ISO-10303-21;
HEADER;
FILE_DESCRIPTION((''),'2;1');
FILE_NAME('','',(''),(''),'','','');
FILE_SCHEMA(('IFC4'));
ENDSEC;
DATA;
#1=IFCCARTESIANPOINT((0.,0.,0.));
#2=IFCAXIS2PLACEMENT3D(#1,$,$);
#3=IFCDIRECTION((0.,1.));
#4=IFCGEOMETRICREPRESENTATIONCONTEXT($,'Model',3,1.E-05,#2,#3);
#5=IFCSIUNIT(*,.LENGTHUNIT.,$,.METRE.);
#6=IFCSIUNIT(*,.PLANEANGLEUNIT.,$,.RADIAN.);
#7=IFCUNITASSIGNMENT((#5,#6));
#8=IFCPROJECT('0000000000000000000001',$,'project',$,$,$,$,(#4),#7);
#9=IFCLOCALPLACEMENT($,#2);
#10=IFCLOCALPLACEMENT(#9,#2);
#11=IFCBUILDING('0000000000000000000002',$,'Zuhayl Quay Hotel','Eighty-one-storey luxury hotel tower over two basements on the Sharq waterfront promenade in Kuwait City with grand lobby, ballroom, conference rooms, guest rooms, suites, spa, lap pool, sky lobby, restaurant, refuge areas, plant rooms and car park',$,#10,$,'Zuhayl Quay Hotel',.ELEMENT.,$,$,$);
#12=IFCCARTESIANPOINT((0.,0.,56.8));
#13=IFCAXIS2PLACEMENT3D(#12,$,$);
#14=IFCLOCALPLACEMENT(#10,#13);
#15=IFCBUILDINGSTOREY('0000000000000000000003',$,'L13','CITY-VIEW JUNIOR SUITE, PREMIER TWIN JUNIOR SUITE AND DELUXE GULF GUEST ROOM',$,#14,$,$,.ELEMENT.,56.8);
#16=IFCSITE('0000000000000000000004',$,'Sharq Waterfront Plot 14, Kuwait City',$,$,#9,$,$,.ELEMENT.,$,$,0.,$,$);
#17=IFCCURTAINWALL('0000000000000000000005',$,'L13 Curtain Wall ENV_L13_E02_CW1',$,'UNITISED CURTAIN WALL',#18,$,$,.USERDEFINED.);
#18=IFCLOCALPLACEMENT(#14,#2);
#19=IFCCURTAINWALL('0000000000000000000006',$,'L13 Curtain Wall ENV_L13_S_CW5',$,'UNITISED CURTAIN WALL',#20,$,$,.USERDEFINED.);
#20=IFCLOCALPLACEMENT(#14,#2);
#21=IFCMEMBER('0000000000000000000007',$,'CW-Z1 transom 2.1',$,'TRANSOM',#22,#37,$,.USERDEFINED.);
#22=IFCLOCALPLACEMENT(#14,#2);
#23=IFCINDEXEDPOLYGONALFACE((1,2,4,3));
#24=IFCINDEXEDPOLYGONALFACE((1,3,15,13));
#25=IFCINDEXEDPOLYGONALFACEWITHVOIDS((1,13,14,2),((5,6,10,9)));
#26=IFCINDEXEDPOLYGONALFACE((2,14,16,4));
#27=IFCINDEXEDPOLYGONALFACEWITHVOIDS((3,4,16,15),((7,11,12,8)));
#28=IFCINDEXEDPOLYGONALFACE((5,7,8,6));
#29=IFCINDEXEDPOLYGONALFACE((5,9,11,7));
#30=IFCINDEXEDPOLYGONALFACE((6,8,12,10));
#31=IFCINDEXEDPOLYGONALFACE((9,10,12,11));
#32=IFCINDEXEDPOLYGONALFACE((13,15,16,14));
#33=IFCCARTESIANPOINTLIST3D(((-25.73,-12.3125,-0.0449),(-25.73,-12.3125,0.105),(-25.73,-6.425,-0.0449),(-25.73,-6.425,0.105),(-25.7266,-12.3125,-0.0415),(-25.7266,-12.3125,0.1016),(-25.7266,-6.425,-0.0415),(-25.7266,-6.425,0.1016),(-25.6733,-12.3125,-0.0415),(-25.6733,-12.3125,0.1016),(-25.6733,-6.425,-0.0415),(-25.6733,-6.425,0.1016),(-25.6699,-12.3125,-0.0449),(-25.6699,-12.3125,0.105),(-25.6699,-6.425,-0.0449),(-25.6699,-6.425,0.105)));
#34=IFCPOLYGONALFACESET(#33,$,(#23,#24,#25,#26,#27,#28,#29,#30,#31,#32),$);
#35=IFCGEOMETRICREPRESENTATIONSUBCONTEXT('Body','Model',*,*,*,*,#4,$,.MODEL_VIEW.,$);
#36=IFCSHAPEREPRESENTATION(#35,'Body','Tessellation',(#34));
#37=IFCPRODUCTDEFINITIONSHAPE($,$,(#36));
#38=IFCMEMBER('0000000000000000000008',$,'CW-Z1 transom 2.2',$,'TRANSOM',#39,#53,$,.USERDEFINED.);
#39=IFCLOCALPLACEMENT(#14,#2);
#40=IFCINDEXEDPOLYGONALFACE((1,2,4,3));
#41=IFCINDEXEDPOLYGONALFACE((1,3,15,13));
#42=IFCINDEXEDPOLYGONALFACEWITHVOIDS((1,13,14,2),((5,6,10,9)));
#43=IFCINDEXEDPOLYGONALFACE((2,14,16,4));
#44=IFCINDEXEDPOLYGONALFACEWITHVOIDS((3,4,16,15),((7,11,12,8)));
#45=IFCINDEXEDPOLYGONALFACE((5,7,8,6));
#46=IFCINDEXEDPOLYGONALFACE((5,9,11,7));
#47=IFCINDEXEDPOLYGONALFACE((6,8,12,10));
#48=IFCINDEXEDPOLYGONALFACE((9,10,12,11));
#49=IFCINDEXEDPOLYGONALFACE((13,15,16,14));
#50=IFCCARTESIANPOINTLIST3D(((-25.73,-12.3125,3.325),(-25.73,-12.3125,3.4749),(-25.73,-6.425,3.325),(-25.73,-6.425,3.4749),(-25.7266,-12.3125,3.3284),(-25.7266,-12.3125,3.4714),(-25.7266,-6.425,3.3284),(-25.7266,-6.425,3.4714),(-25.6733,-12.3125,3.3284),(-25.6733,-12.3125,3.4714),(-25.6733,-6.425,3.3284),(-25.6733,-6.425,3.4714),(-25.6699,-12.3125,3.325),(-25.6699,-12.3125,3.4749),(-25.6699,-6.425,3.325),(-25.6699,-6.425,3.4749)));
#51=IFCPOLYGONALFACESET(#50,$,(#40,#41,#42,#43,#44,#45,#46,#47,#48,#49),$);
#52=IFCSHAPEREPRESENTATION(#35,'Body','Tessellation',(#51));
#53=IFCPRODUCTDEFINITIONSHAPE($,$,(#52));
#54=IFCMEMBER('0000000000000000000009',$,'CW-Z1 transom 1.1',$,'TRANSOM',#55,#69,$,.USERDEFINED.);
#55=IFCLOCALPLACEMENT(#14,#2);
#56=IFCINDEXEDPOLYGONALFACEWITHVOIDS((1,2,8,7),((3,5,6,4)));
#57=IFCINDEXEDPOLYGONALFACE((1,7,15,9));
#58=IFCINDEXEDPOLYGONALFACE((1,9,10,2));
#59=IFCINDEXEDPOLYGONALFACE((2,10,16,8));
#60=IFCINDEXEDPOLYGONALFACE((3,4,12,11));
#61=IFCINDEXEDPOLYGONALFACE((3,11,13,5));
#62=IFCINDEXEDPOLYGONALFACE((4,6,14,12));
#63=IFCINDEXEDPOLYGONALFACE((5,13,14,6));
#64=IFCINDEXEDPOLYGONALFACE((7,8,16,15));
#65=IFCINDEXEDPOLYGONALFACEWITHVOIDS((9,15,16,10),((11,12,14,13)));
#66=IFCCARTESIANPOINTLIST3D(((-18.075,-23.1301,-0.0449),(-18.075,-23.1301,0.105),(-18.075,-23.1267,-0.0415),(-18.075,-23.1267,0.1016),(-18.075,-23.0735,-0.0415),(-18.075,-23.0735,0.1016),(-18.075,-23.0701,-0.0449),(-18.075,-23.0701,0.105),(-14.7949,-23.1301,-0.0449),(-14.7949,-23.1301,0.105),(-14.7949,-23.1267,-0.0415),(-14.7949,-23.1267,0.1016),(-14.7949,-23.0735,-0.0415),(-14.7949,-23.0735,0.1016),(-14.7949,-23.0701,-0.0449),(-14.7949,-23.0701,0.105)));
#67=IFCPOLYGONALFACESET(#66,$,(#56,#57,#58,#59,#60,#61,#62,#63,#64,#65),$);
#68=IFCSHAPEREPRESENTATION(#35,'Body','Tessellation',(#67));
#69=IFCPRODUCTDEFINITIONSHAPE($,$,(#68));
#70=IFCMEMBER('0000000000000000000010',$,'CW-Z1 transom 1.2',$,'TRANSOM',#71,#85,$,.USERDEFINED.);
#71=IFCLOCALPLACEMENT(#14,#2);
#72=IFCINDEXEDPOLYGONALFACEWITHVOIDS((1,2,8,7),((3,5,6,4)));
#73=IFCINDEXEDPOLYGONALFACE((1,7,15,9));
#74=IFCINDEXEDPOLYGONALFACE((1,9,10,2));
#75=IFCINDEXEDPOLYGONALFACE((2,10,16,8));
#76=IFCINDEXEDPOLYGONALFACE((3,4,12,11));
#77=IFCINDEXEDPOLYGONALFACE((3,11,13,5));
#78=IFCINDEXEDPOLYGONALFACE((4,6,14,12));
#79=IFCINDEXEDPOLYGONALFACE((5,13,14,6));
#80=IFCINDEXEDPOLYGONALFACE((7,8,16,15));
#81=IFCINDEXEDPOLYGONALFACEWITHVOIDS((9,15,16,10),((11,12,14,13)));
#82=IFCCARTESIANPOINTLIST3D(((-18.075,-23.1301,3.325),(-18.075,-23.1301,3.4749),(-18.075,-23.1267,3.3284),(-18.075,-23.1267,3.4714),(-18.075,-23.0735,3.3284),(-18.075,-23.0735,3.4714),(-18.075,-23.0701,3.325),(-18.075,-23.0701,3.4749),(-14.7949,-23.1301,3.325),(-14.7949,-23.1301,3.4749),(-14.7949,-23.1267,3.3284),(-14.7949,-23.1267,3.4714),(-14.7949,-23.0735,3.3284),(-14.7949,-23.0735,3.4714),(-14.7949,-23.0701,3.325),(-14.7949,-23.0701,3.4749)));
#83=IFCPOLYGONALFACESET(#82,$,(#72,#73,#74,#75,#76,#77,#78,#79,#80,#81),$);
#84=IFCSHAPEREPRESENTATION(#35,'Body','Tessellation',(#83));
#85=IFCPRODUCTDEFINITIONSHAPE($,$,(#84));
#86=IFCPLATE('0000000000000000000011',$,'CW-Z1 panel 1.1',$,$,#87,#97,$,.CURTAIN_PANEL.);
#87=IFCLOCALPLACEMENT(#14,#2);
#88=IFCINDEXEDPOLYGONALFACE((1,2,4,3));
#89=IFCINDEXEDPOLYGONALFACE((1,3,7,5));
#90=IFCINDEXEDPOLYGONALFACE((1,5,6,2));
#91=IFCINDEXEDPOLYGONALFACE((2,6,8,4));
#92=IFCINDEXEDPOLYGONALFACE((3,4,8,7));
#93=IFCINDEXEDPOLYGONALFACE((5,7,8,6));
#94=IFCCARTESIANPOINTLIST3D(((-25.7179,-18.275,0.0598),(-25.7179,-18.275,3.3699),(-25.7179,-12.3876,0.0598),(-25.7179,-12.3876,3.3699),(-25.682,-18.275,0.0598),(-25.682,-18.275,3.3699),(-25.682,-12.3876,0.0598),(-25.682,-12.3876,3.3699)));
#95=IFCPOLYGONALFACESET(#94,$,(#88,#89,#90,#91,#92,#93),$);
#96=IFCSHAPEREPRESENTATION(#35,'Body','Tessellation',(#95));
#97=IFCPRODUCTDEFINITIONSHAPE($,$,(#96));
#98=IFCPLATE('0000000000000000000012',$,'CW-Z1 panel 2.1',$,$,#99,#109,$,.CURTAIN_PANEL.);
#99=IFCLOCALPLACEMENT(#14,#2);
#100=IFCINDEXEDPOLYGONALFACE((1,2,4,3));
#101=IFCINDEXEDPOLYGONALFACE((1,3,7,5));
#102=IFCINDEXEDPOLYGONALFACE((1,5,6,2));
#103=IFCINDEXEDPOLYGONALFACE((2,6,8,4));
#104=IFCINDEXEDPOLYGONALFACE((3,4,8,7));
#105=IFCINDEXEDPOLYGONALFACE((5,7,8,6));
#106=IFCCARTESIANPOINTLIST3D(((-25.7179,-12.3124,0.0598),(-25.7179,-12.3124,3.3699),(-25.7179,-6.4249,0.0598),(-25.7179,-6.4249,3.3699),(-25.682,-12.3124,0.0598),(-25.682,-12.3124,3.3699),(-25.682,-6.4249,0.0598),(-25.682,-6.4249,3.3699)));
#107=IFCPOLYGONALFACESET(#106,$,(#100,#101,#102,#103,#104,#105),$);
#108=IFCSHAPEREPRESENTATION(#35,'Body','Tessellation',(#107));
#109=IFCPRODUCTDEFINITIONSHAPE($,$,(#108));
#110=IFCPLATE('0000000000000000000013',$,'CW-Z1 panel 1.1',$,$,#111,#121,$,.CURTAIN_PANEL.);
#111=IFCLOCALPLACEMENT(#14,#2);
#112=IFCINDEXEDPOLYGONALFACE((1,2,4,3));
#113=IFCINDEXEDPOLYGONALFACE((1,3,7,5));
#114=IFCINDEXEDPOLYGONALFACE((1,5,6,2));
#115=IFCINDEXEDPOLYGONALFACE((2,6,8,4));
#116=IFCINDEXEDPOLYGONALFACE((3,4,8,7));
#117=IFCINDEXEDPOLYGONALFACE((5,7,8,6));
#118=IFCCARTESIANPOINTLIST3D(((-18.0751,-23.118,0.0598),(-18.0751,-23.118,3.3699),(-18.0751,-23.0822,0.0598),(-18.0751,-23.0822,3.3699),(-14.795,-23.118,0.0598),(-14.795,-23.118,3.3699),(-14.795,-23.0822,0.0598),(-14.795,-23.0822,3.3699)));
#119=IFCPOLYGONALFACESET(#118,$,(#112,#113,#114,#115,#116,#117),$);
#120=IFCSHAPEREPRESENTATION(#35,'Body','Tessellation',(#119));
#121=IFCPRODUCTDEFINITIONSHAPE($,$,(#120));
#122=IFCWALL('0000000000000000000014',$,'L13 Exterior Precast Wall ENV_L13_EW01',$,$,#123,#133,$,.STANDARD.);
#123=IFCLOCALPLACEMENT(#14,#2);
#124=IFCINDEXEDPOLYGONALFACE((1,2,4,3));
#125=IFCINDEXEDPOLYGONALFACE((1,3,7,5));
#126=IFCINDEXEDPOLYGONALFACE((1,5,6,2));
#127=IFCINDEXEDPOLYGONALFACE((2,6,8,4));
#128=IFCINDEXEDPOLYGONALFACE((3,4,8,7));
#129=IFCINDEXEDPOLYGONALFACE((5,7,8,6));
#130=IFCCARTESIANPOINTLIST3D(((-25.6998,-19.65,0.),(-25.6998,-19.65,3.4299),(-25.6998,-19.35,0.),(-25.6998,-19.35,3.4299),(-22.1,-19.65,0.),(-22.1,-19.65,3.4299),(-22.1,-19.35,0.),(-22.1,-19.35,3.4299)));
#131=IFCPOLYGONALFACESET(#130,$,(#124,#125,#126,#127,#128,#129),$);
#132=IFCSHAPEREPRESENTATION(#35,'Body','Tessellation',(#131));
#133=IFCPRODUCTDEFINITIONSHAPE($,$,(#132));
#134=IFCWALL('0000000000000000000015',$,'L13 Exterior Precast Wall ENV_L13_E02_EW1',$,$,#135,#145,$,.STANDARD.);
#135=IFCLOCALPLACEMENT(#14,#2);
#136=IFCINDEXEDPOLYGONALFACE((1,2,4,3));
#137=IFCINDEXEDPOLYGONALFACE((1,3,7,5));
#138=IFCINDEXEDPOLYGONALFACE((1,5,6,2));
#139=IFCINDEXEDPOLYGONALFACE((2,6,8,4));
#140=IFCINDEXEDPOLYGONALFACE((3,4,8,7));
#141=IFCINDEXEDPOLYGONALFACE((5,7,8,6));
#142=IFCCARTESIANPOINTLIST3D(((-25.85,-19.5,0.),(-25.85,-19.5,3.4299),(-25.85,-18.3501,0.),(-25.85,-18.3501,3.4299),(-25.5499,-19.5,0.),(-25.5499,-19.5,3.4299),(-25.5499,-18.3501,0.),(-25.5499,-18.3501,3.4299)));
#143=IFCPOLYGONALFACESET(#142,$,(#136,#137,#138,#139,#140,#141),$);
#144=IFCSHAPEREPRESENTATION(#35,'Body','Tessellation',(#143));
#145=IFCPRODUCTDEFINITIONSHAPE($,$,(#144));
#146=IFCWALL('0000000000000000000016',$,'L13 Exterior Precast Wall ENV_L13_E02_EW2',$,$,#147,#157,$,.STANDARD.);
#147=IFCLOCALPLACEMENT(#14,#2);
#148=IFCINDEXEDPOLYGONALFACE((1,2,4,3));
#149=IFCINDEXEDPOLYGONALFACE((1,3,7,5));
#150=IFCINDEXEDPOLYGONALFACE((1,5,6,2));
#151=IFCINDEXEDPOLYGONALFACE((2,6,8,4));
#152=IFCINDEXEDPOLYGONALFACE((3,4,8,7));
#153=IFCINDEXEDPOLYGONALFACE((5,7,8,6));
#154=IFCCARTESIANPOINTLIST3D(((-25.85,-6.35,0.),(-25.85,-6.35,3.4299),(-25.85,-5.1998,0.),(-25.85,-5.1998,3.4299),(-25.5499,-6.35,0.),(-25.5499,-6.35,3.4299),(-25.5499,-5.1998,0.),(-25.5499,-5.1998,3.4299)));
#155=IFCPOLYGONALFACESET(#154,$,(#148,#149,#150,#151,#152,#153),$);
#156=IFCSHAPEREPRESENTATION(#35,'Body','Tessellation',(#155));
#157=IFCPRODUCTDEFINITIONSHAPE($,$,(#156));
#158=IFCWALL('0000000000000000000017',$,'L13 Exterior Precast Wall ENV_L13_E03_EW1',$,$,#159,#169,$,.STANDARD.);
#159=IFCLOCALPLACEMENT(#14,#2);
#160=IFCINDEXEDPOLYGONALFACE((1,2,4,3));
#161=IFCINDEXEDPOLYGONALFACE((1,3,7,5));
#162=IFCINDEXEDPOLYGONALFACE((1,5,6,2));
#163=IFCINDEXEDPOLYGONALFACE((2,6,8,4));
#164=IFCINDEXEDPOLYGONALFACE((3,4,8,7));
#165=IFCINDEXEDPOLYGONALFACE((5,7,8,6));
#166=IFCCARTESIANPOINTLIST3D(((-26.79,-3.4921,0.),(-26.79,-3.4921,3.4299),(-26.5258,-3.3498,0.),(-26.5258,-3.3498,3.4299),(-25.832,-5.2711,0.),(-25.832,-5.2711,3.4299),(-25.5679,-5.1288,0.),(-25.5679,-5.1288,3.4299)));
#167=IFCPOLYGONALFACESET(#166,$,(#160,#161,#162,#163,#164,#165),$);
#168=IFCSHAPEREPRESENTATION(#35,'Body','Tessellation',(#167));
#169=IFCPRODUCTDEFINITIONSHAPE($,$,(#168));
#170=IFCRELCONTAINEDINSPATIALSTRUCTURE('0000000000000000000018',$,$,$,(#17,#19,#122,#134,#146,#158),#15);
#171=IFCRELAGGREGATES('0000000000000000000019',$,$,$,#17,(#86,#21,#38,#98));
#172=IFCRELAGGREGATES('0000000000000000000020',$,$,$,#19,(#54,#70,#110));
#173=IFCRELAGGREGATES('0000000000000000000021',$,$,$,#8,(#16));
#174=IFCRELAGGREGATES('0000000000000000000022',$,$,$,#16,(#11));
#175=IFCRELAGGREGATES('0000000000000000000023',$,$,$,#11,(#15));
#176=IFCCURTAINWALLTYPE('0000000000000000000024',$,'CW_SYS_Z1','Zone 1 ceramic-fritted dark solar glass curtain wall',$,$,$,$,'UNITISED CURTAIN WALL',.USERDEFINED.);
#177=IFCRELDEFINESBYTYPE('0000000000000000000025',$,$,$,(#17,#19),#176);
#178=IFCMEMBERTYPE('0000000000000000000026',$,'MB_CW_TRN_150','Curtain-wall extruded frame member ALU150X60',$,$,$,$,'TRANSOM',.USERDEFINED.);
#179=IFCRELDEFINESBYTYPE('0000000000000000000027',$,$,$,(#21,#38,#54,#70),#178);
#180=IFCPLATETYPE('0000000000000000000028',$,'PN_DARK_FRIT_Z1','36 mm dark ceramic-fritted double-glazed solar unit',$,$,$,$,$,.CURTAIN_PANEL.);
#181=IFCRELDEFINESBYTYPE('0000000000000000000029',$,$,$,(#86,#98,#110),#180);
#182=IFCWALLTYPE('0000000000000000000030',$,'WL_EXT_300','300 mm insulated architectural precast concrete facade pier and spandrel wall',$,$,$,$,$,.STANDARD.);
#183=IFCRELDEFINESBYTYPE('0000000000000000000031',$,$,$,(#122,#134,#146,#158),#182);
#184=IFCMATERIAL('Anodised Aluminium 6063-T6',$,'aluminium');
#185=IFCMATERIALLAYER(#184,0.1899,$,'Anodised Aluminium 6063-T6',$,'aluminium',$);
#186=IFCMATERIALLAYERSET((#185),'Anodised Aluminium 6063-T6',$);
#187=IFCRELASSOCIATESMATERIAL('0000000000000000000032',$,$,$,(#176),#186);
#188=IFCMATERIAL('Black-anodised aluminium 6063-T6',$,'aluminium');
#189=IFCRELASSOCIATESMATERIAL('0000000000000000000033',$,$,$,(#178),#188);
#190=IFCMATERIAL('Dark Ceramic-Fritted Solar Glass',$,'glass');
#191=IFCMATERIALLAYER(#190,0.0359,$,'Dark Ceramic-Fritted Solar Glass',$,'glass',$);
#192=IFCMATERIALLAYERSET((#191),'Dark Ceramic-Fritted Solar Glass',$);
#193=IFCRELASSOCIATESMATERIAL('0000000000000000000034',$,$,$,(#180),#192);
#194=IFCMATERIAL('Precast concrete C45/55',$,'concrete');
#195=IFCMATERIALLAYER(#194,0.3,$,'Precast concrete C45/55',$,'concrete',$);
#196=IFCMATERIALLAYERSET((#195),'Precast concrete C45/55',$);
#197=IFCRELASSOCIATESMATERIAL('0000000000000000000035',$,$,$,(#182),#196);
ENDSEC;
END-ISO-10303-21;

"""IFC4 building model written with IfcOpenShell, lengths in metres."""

from ifc_helpers import new_model, si_unit, direction, frame, frame_2d, origin, origin_2d, place, context, subcontext, project, spatial, rectangle, hollow_rectangle, extrude, material, layer, layer_set, material_profile, profile_set, type_object, element, aggregate, save


model = new_model("IFC4")

# Units and contexts
model_context = context("Model", 3, precision=1e-05, world=origin(), true_north=direction((0.0, 1.0)))
body_context = subcontext(model_context, "Body", "Model", "MODEL_VIEW")
ifc_project = project(units=[si_unit("LENGTHUNIT", "METRE"), si_unit("PLANEANGLEUNIT", "RADIAN")], contexts=[model_context])

# Site, building, storey
site_placement = place(None, origin())
site = spatial("IfcSite", under=ifc_project, at=site_placement, Name="Sharq Waterfront Plot 14, Kuwait City", CompositionType="ELEMENT", RefElevation=0.0)
building_placement = place(site_placement, origin())
building = spatial("IfcBuilding", under=site, at=building_placement, Name="Zuhayl Quay Hotel", Description="Eighty-one-storey luxury hotel tower over two basements on the Sharq waterfront promenade in Kuwait City with grand lobby, ballroom, conference rooms, guest rooms, suites, spa, lap pool, sky lobby, restaurant, refuge areas, plant rooms and car park", LongName="Zuhayl Quay Hotel", CompositionType="ELEMENT")
storey_placement = place(building_placement, frame((0.0, 0.0, 56.8)))
storey = spatial("IfcBuildingStorey", under=building, at=storey_placement, Name="L13", Description="CITY-VIEW JUNIOR SUITE, PREMIER TWIN JUNIOR SUITE AND DELUXE GULF GUEST ROOM", CompositionType="ELEMENT", Elevation=56.8)

# Curtain walls
ifc_material_1 = material(Name="Anodised Aluminium 6063-T6", Category="aluminium")
ifc_layer_1 = layer(ifc_material_1, 0.1899, Name="Anodised Aluminium 6063-T6", Category="aluminium")
ifc_layer_set_1 = layer_set([ifc_layer_1], Name="Anodised Aluminium 6063-T6")
curtain_wall_type = type_object("IfcCurtainWallType", Name="CW_SYS_Z1", Description="Zone 1 ceramic-fritted dark solar glass curtain wall", ElementType="UNITISED CURTAIN WALL", PredefinedType="USERDEFINED", material=ifc_layer_set_1)
curtain_wall_1_placement = place(storey_placement, origin())
curtain_wall_1 = element("IfcCurtainWall", 1, at=curtain_wall_1_placement, inside=storey, type_object=curtain_wall_type, Name="L13 Curtain Wall ENV_L13_E02_CW1", ObjectType="UNITISED CURTAIN WALL", PredefinedType="USERDEFINED")
ifc_material_2 = material(Name="Black-anodised aluminium 6063-T6", Category="aluminium")
curtain_wall_2_placement = place(storey_placement, origin())
curtain_wall_2 = element("IfcCurtainWall", 2, at=curtain_wall_2_placement, inside=storey, type_object=curtain_wall_type, Name="L13 Curtain Wall ENV_L13_S_CW5", ObjectType="UNITISED CURTAIN WALL", PredefinedType="USERDEFINED")

# Members
ifc_material_profile_1 = material_profile(ifc_material_2, hollow_rectangle(XDim=0.0601, YDim=0.1499, WallThickness=0.0034, at=origin_2d()), Name="ALU150X60")
ifc_profile_set_1 = profile_set([ifc_material_profile_1], Name="Black-anodised aluminium 6063-T6")
member_type_1 = type_object("IfcMemberType", Name="MB_CW_TRN_150", Description="Curtain-wall extruded frame member ALU150X60", ElementType="TRANSOM", PredefinedType="USERDEFINED", material=ifc_profile_set_1)
member_1_placement = place(storey_placement, frame((-25.7, -12.3125, 0.03), z_axis=(0.0, 1.0, 0.0), x_axis=(-1.0, 0.0, 0.0)))
member_1 = element("IfcMember", 3, at=member_1_placement, type_object=member_type_1, Name="CW-Z1 transom 2.1", ObjectType="TRANSOM", PredefinedType="USERDEFINED", context=body_context, shape_type="SweptSolid", body=[
    extrude(hollow_rectangle(XDim=0.0601, YDim=0.1499, WallThickness=0.0034, at=origin_2d()), origin(), (0.0, 0.0, 1.0), 5.8875),
])
member_2_placement = place(storey_placement, frame((-25.7, -12.3125, 3.3999), z_axis=(0.0, 1.0, 0.0), x_axis=(-1.0, 0.0, 0.0)))
member_2 = element("IfcMember", 4, at=member_2_placement, type_object=member_type_1, Name="CW-Z1 transom 2.2", ObjectType="TRANSOM", PredefinedType="USERDEFINED", context=body_context, shape_type="SweptSolid", body=[
    extrude(hollow_rectangle(XDim=0.0601, YDim=0.1499, WallThickness=0.0034, at=origin_2d()), origin(), (0.0, 0.0, 1.0), 5.8875),
])
member_3_placement = place(storey_placement, frame((-14.7949, -23.1001, 0.03), z_axis=(-1.0, 0.0, 0.0), x_axis=(0.0, -1.0, 0.0)))
member_3 = element("IfcMember", 5, at=member_3_placement, type_object=member_type_1, Name="CW-Z1 transom 1.1", ObjectType="TRANSOM", PredefinedType="USERDEFINED", context=body_context, shape_type="SweptSolid", body=[
    extrude(hollow_rectangle(XDim=0.0601, YDim=0.1499, WallThickness=0.0034, at=origin_2d()), origin(), (0.0, 0.0, 1.0), 3.28),
])
member_4_placement = place(storey_placement, frame((-14.7949, -23.1001, 3.3999), z_axis=(-1.0, 0.0, 0.0), x_axis=(0.0, -1.0, 0.0)))
member_4 = element("IfcMember", 6, at=member_4_placement, type_object=member_type_1, Name="CW-Z1 transom 1.2", ObjectType="TRANSOM", PredefinedType="USERDEFINED", context=body_context, shape_type="SweptSolid", body=[
    extrude(hollow_rectangle(XDim=0.0601, YDim=0.1499, WallThickness=0.0034, at=origin_2d()), origin(), (0.0, 0.0, 1.0), 3.28),
])

# Plates
ifc_material_3 = material(Name="Dark Ceramic-Fritted Solar Glass", Category="glass")
ifc_layer_2 = layer(ifc_material_3, 0.0359, Name="Dark Ceramic-Fritted Solar Glass", Category="glass")
ifc_layer_set_2 = layer_set([ifc_layer_2], Name="Dark Ceramic-Fritted Solar Glass")
plate_type = type_object("IfcPlateType", Name="PN_DARK_FRIT_Z1", Description="36 mm dark ceramic-fritted double-glazed solar unit", PredefinedType="CURTAIN_PANEL", material=ifc_layer_set_2)
plate_1_placement = place(storey_placement, frame((-25.7, -15.3313, 0.0598), z_axis=(0.0, 0.0, 1.0), x_axis=(0.0, 1.0, 0.0)))
plate_1 = element("IfcPlate", 7, at=plate_1_placement, type_object=plate_type, Name="CW-Z1 panel 1.1", PredefinedType="CURTAIN_PANEL", context=body_context, shape_type="SweptSolid", body=[
    extrude(rectangle(XDim=5.8875, YDim=0.0359, at=origin_2d()), origin(), (0.0, 0.0, 1.0), 3.3101),
])
plate_2_placement = place(storey_placement, frame((-25.7, -9.3687, 0.0598), z_axis=(0.0, 0.0, 1.0), x_axis=(0.0, 1.0, 0.0)))
plate_2 = element("IfcPlate", 8, at=plate_2_placement, type_object=plate_type, Name="CW-Z1 panel 2.1", PredefinedType="CURTAIN_PANEL", context=body_context, shape_type="SweptSolid", body=[
    extrude(rectangle(XDim=5.8875, YDim=0.0359, at=origin_2d()), origin(), (0.0, 0.0, 1.0), 3.3101),
])
aggregate(curtain_wall_1, [plate_1, member_1, member_2, plate_2])
plate_3_placement = place(storey_placement, frame((-16.4351, -23.1001, 0.0598), z_axis=(0.0, 0.0, 1.0), x_axis=(-1.0, 0.0, 0.0)))
plate_3 = element("IfcPlate", 9, at=plate_3_placement, type_object=plate_type, Name="CW-Z1 panel 1.1", PredefinedType="CURTAIN_PANEL", context=body_context, shape_type="SweptSolid", body=[
    extrude(rectangle(XDim=3.28, YDim=0.0359, at=origin_2d()), origin(), (0.0, 0.0, 1.0), 3.3101),
])
aggregate(curtain_wall_2, [member_3, member_4, plate_3])

# Walls
ifc_material_4 = material(Name="Precast concrete C45/55", Category="concrete")
ifc_layer_3 = layer(ifc_material_4, 0.3, Name="Precast concrete C45/55", Category="concrete")
ifc_layer_set_3 = layer_set([ifc_layer_3], Name="Precast concrete C45/55")
wall_type_1 = type_object("IfcWallType", Name="WL_EXT_300", Description="300 mm insulated architectural precast concrete facade pier and spandrel wall", PredefinedType="STANDARD", material=ifc_layer_set_3)
wall_1_placement = place(storey_placement, frame((-22.1001, -19.5, 0.0), z_axis=(0.0, 0.0, 1.0), x_axis=(-1.0, 0.0, 0.0)))
element("IfcWall", 10, at=wall_1_placement, inside=storey, type_object=wall_type_1, Name="L13 Exterior Precast Wall ENV_L13_EW01", PredefinedType="STANDARD", context=body_context, shape_type="SweptSolid", body=[
    extrude(rectangle(XDim=3.5999, YDim=0.3, at=frame_2d((1.7998, 0.0))), origin(), (0.0, 0.0, 1.0), 3.4299),
])
wall_2_placement = place(storey_placement, frame((-25.7, -19.5, 0.0), z_axis=(0.0, 0.0, 1.0), x_axis=(0.0, 1.0, 0.0)))
element("IfcWall", 11, at=wall_2_placement, inside=storey, type_object=wall_type_1, Name="L13 Exterior Precast Wall ENV_L13_E02_EW1", PredefinedType="STANDARD", context=body_context, shape_type="SweptSolid", body=[
    extrude(rectangle(XDim=1.1499, YDim=0.3, at=frame_2d((0.575, 0.0))), origin(), (0.0, 0.0, 1.0), 3.4299),
])
wall_3_placement = place(storey_placement, frame((-25.7, -6.3501, 0.0), z_axis=(0.0, 0.0, 1.0), x_axis=(0.0, 1.0, 0.0)))
element("IfcWall", 12, at=wall_3_placement, inside=storey, type_object=wall_type_1, Name="L13 Exterior Precast Wall ENV_L13_E02_EW2", PredefinedType="STANDARD", context=body_context, shape_type="SweptSolid", body=[
    extrude(rectangle(XDim=1.1501, YDim=0.3, at=frame_2d((0.5752, 0.0))), origin(), (0.0, 0.0, 1.0), 3.4299),
])
wall_4_placement = place(storey_placement, frame((-25.7, -5.2, 0.0), z_axis=(0.0, 0.0, 1.0), x_axis=(-0.474121, 0.880459, 0.0)))
element("IfcWall", 13, at=wall_4_placement, inside=storey, type_object=wall_type_1, Name="L13 Exterior Precast Wall ENV_L13_E03_EW1", PredefinedType="STANDARD", context=body_context, shape_type="SweptSolid", body=[
    extrude(rectangle(XDim=2.0205, YDim=0.3, at=frame_2d((1.0103, 0.0))), origin(), (0.0, 0.0, 1.0), 3.4299),
])

save(model, "model.ifc")
